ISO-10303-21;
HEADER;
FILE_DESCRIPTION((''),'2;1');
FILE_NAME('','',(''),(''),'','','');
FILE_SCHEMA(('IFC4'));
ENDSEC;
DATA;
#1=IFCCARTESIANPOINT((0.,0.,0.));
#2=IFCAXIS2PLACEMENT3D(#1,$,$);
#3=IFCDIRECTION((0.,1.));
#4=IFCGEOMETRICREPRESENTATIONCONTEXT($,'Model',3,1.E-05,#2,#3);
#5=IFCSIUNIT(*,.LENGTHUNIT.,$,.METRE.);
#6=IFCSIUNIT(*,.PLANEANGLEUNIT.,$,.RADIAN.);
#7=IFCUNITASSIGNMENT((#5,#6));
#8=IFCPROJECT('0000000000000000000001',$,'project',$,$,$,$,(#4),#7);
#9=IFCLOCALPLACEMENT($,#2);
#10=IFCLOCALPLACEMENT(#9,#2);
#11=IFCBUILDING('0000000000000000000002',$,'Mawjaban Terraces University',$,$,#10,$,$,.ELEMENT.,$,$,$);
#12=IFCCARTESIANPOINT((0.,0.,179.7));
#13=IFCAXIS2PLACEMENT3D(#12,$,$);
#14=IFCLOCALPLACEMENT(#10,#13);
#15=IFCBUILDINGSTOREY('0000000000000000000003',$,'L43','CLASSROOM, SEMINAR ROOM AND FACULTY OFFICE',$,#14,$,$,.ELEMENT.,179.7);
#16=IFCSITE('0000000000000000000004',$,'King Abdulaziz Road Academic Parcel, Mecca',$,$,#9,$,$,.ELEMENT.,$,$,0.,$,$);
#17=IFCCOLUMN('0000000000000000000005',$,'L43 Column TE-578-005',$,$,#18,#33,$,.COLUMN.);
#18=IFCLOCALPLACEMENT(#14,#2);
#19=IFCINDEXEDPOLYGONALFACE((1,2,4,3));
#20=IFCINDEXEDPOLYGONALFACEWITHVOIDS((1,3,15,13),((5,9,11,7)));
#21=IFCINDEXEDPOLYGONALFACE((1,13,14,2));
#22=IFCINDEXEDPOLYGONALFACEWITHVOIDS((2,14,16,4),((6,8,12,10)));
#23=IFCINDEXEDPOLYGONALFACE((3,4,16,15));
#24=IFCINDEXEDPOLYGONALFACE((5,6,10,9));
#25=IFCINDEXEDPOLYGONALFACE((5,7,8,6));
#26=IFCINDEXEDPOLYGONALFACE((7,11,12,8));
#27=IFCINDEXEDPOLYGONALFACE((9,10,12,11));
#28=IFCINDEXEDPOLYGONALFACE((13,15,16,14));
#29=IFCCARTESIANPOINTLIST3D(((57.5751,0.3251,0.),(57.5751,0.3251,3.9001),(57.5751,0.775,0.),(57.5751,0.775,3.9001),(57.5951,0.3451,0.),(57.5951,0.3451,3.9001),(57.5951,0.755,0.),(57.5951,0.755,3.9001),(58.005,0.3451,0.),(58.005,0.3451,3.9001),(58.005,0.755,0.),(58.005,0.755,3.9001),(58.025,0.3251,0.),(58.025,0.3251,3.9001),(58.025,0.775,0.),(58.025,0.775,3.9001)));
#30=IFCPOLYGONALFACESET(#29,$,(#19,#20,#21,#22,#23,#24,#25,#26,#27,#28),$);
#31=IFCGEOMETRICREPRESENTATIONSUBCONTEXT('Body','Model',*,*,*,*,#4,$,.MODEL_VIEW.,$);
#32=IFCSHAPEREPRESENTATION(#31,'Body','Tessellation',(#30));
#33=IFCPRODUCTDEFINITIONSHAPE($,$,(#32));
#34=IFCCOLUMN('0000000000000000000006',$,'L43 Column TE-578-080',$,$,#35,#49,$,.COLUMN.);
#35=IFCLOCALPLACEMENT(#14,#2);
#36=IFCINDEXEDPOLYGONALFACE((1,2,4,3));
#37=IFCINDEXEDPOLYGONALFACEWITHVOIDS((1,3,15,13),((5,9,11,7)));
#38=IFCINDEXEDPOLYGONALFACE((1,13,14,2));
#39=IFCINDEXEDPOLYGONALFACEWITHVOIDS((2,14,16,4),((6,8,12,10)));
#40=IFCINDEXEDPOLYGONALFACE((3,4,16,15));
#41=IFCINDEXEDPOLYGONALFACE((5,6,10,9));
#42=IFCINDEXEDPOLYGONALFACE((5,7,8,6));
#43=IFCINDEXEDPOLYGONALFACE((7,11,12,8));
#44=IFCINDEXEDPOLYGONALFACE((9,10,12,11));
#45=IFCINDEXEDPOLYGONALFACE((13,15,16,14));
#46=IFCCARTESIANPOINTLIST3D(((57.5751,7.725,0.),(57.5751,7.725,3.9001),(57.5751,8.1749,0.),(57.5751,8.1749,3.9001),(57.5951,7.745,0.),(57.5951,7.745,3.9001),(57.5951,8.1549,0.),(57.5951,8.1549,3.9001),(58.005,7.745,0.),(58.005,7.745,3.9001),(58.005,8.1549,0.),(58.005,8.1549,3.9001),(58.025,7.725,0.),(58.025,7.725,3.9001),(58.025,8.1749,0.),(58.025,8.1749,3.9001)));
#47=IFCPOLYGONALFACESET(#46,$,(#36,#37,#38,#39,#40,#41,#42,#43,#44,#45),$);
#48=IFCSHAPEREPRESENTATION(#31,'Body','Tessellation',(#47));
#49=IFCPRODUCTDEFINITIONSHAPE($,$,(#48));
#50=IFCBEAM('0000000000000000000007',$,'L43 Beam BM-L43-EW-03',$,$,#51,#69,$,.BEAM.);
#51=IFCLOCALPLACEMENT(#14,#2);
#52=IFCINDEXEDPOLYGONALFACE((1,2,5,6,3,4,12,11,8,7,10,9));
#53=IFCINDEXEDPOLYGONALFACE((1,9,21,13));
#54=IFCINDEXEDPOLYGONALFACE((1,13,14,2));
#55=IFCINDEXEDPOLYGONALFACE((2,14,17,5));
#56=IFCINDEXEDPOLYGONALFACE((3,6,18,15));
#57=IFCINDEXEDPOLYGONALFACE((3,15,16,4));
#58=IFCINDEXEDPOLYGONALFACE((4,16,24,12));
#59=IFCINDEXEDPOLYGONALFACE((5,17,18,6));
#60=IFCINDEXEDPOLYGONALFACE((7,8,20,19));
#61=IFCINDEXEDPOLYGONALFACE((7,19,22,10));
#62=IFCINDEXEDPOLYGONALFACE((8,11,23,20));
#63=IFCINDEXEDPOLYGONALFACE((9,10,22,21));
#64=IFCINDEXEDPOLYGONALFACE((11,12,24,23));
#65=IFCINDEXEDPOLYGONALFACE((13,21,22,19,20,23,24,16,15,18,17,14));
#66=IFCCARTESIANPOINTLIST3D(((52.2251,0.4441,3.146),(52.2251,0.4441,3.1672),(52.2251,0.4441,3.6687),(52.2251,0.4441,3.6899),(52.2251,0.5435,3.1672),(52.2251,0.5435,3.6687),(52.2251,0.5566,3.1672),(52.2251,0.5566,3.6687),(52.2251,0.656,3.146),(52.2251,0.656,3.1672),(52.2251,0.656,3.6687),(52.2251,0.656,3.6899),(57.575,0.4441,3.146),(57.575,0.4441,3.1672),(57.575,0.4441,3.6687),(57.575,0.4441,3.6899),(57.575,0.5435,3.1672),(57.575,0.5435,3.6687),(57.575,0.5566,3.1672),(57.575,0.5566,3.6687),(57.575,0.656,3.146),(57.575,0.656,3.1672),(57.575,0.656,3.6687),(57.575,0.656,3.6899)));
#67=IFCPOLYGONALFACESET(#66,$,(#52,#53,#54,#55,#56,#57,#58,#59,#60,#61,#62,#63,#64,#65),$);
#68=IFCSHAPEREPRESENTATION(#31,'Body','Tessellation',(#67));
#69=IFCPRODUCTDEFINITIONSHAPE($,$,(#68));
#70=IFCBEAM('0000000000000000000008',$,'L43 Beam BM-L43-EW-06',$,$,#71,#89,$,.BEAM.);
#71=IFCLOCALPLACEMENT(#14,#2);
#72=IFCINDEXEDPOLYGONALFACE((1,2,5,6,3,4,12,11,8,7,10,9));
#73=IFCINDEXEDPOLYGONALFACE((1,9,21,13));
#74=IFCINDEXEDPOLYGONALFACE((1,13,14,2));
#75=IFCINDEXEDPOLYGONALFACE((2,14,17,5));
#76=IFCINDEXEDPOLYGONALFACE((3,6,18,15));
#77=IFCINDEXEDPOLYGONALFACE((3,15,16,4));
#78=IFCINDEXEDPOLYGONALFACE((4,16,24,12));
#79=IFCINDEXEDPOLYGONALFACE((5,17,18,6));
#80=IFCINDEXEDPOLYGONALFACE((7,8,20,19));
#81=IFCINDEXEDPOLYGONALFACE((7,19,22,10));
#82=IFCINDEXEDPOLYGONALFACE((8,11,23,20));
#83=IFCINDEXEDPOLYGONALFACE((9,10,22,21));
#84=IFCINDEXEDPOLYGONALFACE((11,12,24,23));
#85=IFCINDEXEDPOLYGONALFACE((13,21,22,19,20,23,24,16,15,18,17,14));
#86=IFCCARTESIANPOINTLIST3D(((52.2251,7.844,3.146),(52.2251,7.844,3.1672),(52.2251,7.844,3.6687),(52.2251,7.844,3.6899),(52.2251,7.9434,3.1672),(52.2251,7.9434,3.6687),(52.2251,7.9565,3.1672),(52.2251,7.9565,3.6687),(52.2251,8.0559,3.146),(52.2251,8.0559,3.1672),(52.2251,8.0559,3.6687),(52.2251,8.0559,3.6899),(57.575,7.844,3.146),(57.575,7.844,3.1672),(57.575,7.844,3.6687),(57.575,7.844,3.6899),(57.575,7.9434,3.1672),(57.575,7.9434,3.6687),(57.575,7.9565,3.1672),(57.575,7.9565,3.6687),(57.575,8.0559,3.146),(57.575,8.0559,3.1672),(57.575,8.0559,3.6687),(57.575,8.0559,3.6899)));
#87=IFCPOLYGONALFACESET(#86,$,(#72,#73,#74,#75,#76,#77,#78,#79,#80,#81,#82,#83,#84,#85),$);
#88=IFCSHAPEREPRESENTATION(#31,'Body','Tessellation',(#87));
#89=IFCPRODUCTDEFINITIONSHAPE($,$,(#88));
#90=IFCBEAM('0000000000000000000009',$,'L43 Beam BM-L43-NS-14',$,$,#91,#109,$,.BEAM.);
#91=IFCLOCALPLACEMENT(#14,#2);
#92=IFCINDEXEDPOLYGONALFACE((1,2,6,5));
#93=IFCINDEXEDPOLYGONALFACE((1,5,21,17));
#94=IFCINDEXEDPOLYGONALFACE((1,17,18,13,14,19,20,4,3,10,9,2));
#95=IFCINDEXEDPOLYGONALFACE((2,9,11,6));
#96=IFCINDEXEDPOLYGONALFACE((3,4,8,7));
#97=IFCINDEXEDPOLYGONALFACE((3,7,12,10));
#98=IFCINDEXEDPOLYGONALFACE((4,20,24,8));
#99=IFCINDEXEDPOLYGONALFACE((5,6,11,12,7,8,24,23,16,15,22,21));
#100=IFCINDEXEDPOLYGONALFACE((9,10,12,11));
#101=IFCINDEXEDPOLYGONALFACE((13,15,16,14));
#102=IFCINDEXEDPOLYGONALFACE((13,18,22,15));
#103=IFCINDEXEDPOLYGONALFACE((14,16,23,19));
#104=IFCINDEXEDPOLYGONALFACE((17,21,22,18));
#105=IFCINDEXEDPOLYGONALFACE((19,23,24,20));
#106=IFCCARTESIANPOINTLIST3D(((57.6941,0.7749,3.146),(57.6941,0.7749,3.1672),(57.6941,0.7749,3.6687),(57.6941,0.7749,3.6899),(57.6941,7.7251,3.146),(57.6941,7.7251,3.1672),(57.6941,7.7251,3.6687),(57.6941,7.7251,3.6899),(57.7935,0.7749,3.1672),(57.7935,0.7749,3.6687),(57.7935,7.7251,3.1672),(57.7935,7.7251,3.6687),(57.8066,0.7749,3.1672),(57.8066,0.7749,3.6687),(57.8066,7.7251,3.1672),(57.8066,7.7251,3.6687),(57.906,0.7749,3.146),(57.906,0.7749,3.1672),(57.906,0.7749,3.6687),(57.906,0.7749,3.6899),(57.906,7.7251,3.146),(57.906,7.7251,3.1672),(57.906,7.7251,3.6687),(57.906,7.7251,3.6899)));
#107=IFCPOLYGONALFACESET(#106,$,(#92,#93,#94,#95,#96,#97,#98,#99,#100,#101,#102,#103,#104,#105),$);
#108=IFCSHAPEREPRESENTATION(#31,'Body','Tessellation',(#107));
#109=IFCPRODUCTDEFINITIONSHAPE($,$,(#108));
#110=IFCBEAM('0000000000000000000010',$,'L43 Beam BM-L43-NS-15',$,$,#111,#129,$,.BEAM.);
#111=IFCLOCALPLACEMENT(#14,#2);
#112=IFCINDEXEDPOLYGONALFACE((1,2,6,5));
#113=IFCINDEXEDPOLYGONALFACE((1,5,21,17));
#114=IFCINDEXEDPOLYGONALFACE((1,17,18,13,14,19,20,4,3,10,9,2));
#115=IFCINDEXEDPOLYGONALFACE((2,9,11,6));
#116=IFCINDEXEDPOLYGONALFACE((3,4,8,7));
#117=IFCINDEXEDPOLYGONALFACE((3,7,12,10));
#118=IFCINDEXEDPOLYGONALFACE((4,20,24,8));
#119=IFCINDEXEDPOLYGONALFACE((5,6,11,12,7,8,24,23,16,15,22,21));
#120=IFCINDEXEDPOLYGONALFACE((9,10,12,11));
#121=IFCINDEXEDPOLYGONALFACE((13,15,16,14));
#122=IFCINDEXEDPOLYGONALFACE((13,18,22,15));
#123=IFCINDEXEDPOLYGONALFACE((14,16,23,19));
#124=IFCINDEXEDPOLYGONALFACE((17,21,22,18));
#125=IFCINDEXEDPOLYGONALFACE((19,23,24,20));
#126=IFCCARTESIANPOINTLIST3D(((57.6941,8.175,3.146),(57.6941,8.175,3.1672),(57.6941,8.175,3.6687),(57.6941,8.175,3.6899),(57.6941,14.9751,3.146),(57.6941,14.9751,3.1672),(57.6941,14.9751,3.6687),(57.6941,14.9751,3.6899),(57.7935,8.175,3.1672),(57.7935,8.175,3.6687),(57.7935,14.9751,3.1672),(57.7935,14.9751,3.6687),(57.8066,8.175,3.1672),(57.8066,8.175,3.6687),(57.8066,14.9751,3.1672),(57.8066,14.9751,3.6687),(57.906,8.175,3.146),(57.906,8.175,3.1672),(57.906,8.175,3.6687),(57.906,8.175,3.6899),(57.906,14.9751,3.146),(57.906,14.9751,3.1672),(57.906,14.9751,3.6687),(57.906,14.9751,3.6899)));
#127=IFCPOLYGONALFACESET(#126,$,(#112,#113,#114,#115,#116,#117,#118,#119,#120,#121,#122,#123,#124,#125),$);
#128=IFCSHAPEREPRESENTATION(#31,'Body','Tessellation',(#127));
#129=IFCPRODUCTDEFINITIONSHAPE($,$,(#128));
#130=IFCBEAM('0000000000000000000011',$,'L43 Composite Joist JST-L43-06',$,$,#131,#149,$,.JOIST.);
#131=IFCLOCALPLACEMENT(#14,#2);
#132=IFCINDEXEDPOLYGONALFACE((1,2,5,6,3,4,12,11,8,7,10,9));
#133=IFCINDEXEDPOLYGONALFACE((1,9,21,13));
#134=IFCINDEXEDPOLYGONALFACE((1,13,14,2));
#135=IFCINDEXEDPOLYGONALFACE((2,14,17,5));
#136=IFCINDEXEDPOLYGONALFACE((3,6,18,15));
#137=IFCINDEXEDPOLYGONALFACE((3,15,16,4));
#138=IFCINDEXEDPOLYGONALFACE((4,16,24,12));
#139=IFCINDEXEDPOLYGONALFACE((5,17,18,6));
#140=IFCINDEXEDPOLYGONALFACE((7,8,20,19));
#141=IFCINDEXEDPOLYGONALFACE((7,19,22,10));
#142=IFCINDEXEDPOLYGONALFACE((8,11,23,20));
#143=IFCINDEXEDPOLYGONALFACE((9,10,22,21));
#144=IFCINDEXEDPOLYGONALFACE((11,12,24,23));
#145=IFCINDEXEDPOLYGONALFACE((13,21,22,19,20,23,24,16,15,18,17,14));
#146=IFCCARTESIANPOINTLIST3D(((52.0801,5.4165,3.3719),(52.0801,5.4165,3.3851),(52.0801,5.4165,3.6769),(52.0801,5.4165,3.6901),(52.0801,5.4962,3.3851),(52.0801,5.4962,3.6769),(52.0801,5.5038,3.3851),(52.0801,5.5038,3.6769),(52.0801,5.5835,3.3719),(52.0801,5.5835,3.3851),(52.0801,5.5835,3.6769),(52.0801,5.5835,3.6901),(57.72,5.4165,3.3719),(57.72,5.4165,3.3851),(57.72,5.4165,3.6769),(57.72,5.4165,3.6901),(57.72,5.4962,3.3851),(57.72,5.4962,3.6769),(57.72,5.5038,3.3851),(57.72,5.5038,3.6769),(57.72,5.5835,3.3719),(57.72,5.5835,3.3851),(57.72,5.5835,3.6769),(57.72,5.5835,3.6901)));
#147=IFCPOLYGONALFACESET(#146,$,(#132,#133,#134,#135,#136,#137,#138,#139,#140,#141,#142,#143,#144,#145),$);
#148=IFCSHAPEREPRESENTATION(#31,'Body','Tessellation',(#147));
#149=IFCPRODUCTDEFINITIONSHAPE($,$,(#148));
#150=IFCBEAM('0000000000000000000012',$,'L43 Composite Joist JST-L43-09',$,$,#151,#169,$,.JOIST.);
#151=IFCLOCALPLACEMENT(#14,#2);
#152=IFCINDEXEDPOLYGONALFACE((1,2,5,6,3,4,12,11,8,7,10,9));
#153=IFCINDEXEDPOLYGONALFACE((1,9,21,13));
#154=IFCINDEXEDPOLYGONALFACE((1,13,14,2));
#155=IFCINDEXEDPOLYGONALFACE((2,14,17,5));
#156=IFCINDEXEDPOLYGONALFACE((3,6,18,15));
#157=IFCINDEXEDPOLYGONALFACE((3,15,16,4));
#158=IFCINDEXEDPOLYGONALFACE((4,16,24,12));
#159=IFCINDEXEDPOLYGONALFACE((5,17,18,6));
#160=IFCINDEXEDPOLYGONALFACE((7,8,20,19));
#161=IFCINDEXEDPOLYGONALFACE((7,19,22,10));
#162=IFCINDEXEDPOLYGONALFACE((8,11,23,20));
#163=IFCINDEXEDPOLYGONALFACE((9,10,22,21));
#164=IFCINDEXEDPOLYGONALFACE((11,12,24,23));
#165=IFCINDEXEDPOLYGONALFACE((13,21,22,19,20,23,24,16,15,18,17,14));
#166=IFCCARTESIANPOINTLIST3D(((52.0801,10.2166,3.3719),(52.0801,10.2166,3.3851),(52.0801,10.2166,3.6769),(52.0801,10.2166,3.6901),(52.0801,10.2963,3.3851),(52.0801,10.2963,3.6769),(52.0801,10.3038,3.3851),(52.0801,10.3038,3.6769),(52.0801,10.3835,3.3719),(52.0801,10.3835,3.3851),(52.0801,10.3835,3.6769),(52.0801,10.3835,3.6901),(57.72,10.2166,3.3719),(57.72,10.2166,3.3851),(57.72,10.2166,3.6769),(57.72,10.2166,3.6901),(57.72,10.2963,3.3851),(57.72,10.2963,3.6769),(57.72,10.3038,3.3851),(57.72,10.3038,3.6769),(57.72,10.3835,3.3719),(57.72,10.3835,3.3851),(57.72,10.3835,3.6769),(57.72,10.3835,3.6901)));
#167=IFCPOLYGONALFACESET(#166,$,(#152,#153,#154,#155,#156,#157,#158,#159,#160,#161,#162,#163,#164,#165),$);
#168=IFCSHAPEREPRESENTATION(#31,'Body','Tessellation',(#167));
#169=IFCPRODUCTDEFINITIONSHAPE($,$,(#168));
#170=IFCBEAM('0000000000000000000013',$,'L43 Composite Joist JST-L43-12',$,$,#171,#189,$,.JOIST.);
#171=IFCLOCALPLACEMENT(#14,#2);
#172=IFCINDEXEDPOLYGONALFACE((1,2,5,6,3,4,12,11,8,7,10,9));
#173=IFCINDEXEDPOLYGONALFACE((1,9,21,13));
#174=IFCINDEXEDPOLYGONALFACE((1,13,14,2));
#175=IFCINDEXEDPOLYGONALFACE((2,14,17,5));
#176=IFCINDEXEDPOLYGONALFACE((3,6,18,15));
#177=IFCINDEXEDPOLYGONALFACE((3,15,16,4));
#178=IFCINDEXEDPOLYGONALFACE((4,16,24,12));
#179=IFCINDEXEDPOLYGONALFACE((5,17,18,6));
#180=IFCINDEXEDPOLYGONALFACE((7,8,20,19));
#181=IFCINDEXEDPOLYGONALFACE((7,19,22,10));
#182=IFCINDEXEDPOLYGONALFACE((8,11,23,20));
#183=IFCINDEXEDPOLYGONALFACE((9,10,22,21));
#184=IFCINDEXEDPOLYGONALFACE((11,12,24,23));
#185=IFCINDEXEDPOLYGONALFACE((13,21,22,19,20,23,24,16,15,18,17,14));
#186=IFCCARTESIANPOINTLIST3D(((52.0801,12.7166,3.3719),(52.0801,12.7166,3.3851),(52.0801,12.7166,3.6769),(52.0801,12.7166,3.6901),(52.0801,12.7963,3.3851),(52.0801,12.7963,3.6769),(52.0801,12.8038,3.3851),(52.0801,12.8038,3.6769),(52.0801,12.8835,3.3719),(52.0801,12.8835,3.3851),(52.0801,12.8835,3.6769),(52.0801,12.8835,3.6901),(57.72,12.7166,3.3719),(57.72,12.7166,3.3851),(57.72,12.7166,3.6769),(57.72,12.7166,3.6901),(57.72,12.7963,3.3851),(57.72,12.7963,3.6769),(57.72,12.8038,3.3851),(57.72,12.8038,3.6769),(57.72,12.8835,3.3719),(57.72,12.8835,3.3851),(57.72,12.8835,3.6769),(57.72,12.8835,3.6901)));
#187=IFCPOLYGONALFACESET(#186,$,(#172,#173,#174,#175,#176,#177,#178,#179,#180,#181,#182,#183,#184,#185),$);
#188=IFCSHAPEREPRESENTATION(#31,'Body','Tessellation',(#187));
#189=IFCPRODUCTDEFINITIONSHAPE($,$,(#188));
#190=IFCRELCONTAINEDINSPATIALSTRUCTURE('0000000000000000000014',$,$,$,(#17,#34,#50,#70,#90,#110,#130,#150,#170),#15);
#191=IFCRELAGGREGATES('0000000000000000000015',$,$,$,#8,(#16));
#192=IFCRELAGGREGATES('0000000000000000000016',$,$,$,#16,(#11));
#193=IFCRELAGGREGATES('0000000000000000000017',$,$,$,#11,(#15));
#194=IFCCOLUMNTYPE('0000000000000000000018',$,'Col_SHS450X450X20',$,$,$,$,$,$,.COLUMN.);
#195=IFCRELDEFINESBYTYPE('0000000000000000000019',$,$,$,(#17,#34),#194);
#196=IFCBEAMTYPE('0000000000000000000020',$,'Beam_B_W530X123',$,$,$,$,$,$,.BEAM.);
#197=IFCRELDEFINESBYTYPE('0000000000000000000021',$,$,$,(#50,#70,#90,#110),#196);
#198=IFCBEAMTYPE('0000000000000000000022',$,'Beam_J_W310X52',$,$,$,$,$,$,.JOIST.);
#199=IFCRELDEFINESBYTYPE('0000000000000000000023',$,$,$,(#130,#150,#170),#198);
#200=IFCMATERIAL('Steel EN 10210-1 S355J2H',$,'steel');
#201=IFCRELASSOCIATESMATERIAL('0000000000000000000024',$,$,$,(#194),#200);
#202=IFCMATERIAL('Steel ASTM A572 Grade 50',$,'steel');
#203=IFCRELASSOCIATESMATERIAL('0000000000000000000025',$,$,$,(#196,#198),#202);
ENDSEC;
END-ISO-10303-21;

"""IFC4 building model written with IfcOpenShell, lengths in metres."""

from ifc_helpers import new_model, si_unit, direction, frame, origin, origin_2d, place, context, subcontext, project, spatial, hollow_rectangle, i_section, extrude, material, material_profile, profile_set, type_object, element, save


model = new_model("IFC4")

# Units and contexts
model_context = context("Model", 3, precision=1e-05, world=origin(), true_north=direction((0.0, 1.0)))
body_context = subcontext(model_context, "Body", "Model", "MODEL_VIEW")
ifc_project = project(units=[si_unit("LENGTHUNIT", "METRE"), si_unit("PLANEANGLEUNIT", "RADIAN")], contexts=[model_context])

# Site, building, storey
site_placement = place(None, origin())
site = spatial("IfcSite", under=ifc_project, at=site_placement, Name="King Abdulaziz Road Academic Parcel, Mecca", CompositionType="ELEMENT", RefElevation=0.0)
building_placement = place(site_placement, origin())
building = spatial("IfcBuilding", under=site, at=building_placement, Name="Mawjaban Terraces University", CompositionType="ELEMENT")
storey_placement = place(building_placement, frame((0.0, 0.0, 179.7)))
storey = spatial("IfcBuildingStorey", under=building, at=storey_placement, Name="L43", Description="CLASSROOM, SEMINAR ROOM AND FACULTY OFFICE", CompositionType="ELEMENT", Elevation=179.7)

# Columns
ifc_material_1 = material(Name="Steel EN 10210-1 S355J2H", Category="steel")
ifc_material_profile_1 = material_profile(ifc_material_1, hollow_rectangle(XDim=0.45, YDim=0.45, WallThickness=0.02, at=origin_2d()), Name="SHS450X450X20")
ifc_profile_set_1 = profile_set([ifc_material_profile_1], Name="Steel EN 10210-1 S355J2H")
column_type = type_object("IfcColumnType", Name="Col_SHS450X450X20", PredefinedType="COLUMN", material=ifc_profile_set_1)
for number, where, z_axis, x_axis, name in (
    (1, (57.8, 0.55, 0.0), (0.0, 0.0, 1.0), (1.0, 0.0, 0.0), "L43 Column TE-578-005"),
    (2, (57.8, 7.95, 0.0), (0.0, 0.0, 1.0), (1.0, 0.0, 0.0), "L43 Column TE-578-080"),
):
    element("IfcColumn", number, at=place(storey_placement, frame(where, z_axis=z_axis, x_axis=x_axis)), inside=storey, type_object=column_type, Name=name, PredefinedType="COLUMN", context=body_context, shape_type="SweptSolid", body=[
        extrude(hollow_rectangle(XDim=0.45, YDim=0.45, WallThickness=0.02, at=origin_2d()), origin(), (0.0, 0.0, 1.0), 3.9001),
    ])

# Beams
ifc_material_2 = material(Name="Steel ASTM A572 Grade 50", Category="steel")
ifc_material_profile_2 = material_profile(ifc_material_2, i_section(OverallWidth=0.2119, OverallDepth=0.5439, WebThickness=0.0132, FlangeThickness=0.0212, at=origin_2d()), Name="W530X123")
ifc_profile_set_2 = profile_set([ifc_material_profile_2], Name="Steel ASTM A572 Grade 50")
beam_type_1 = type_object("IfcBeamType", Name="Beam_B_W530X123", PredefinedType="BEAM", material=ifc_profile_set_2)
for number, where, z_axis, x_axis, name in (
    (3, (52.2251, 0.55, 3.418), (1.0, 0.0, 0.0), (0.0, 1.0, 0.0), "L43 Beam BM-L43-EW-03"),
    (4, (52.2251, 7.95, 3.418), (1.0, 0.0, 0.0), (0.0, 1.0, 0.0), "L43 Beam BM-L43-EW-06"),
):
    element("IfcBeam", number, at=place(storey_placement, frame(where, z_axis=z_axis, x_axis=x_axis)), inside=storey, type_object=beam_type_1, Name=name, PredefinedType="BEAM", context=body_context, shape_type="SweptSolid", body=[
        extrude(i_section(OverallWidth=0.2119, OverallDepth=0.5439, WebThickness=0.0132, FlangeThickness=0.0212, at=origin_2d()), origin(), (0.0, 0.0, 1.0), 5.3499),
    ])
beam_1_placement = place(storey_placement, frame((57.8, 0.7749, 3.418), z_axis=(0.0, 1.0, 0.0), x_axis=(-1.0, 0.0, 0.0)))
element("IfcBeam", 5, at=beam_1_placement, inside=storey, type_object=beam_type_1, Name="L43 Beam BM-L43-NS-14", PredefinedType="BEAM", context=body_context, shape_type="SweptSolid", body=[
    extrude(i_section(OverallWidth=0.2119, OverallDepth=0.5439, WebThickness=0.0132, FlangeThickness=0.0212, at=origin_2d()), origin(), (0.0, 0.0, 1.0), 6.9502),
])
beam_2_placement = place(storey_placement, frame((57.8, 8.175, 3.418), z_axis=(0.0, 1.0, 0.0), x_axis=(-1.0, 0.0, 0.0)))
element("IfcBeam", 6, at=beam_2_placement, inside=storey, type_object=beam_type_1, Name="L43 Beam BM-L43-NS-15", PredefinedType="BEAM", context=body_context, shape_type="SweptSolid", body=[
    extrude(i_section(OverallWidth=0.2119, OverallDepth=0.5439, WebThickness=0.0132, FlangeThickness=0.0212, at=origin_2d()), origin(), (0.0, 0.0, 1.0), 6.8),
])
ifc_material_profile_3 = material_profile(ifc_material_2, i_section(OverallWidth=0.167, OverallDepth=0.3181, WebThickness=0.0076, FlangeThickness=0.0132, at=origin_2d()), Name="W310X52")
ifc_profile_set_3 = profile_set([ifc_material_profile_3], Name="Steel ASTM A572 Grade 50")
beam_type_2 = type_object("IfcBeamType", Name="Beam_J_W310X52", PredefinedType="JOIST", material=ifc_profile_set_3)
for number, where, z_axis, x_axis, name in (
    (7, (52.0801, 5.5, 3.531), (1.0, 0.0, 0.0), (0.0, 1.0, 0.0), "L43 Composite Joist JST-L43-06"),
    (8, (52.0801, 10.3, 3.531), (1.0, 0.0, 0.0), (0.0, 1.0, 0.0), "L43 Composite Joist JST-L43-09"),
    (9, (52.0801, 12.8, 3.531), (1.0, 0.0, 0.0), (0.0, 1.0, 0.0), "L43 Composite Joist JST-L43-12"),
):
    element("IfcBeam", number, at=place(storey_placement, frame(where, z_axis=z_axis, x_axis=x_axis)), inside=storey, type_object=beam_type_2, Name=name, PredefinedType="JOIST", context=body_context, shape_type="SweptSolid", body=[
        extrude(i_section(OverallWidth=0.167, OverallDepth=0.3181, WebThickness=0.0076, FlangeThickness=0.0132, at=origin_2d()), origin(), (0.0, 0.0, 1.0), 5.6399),
    ])

save(model, "model.ifc")
